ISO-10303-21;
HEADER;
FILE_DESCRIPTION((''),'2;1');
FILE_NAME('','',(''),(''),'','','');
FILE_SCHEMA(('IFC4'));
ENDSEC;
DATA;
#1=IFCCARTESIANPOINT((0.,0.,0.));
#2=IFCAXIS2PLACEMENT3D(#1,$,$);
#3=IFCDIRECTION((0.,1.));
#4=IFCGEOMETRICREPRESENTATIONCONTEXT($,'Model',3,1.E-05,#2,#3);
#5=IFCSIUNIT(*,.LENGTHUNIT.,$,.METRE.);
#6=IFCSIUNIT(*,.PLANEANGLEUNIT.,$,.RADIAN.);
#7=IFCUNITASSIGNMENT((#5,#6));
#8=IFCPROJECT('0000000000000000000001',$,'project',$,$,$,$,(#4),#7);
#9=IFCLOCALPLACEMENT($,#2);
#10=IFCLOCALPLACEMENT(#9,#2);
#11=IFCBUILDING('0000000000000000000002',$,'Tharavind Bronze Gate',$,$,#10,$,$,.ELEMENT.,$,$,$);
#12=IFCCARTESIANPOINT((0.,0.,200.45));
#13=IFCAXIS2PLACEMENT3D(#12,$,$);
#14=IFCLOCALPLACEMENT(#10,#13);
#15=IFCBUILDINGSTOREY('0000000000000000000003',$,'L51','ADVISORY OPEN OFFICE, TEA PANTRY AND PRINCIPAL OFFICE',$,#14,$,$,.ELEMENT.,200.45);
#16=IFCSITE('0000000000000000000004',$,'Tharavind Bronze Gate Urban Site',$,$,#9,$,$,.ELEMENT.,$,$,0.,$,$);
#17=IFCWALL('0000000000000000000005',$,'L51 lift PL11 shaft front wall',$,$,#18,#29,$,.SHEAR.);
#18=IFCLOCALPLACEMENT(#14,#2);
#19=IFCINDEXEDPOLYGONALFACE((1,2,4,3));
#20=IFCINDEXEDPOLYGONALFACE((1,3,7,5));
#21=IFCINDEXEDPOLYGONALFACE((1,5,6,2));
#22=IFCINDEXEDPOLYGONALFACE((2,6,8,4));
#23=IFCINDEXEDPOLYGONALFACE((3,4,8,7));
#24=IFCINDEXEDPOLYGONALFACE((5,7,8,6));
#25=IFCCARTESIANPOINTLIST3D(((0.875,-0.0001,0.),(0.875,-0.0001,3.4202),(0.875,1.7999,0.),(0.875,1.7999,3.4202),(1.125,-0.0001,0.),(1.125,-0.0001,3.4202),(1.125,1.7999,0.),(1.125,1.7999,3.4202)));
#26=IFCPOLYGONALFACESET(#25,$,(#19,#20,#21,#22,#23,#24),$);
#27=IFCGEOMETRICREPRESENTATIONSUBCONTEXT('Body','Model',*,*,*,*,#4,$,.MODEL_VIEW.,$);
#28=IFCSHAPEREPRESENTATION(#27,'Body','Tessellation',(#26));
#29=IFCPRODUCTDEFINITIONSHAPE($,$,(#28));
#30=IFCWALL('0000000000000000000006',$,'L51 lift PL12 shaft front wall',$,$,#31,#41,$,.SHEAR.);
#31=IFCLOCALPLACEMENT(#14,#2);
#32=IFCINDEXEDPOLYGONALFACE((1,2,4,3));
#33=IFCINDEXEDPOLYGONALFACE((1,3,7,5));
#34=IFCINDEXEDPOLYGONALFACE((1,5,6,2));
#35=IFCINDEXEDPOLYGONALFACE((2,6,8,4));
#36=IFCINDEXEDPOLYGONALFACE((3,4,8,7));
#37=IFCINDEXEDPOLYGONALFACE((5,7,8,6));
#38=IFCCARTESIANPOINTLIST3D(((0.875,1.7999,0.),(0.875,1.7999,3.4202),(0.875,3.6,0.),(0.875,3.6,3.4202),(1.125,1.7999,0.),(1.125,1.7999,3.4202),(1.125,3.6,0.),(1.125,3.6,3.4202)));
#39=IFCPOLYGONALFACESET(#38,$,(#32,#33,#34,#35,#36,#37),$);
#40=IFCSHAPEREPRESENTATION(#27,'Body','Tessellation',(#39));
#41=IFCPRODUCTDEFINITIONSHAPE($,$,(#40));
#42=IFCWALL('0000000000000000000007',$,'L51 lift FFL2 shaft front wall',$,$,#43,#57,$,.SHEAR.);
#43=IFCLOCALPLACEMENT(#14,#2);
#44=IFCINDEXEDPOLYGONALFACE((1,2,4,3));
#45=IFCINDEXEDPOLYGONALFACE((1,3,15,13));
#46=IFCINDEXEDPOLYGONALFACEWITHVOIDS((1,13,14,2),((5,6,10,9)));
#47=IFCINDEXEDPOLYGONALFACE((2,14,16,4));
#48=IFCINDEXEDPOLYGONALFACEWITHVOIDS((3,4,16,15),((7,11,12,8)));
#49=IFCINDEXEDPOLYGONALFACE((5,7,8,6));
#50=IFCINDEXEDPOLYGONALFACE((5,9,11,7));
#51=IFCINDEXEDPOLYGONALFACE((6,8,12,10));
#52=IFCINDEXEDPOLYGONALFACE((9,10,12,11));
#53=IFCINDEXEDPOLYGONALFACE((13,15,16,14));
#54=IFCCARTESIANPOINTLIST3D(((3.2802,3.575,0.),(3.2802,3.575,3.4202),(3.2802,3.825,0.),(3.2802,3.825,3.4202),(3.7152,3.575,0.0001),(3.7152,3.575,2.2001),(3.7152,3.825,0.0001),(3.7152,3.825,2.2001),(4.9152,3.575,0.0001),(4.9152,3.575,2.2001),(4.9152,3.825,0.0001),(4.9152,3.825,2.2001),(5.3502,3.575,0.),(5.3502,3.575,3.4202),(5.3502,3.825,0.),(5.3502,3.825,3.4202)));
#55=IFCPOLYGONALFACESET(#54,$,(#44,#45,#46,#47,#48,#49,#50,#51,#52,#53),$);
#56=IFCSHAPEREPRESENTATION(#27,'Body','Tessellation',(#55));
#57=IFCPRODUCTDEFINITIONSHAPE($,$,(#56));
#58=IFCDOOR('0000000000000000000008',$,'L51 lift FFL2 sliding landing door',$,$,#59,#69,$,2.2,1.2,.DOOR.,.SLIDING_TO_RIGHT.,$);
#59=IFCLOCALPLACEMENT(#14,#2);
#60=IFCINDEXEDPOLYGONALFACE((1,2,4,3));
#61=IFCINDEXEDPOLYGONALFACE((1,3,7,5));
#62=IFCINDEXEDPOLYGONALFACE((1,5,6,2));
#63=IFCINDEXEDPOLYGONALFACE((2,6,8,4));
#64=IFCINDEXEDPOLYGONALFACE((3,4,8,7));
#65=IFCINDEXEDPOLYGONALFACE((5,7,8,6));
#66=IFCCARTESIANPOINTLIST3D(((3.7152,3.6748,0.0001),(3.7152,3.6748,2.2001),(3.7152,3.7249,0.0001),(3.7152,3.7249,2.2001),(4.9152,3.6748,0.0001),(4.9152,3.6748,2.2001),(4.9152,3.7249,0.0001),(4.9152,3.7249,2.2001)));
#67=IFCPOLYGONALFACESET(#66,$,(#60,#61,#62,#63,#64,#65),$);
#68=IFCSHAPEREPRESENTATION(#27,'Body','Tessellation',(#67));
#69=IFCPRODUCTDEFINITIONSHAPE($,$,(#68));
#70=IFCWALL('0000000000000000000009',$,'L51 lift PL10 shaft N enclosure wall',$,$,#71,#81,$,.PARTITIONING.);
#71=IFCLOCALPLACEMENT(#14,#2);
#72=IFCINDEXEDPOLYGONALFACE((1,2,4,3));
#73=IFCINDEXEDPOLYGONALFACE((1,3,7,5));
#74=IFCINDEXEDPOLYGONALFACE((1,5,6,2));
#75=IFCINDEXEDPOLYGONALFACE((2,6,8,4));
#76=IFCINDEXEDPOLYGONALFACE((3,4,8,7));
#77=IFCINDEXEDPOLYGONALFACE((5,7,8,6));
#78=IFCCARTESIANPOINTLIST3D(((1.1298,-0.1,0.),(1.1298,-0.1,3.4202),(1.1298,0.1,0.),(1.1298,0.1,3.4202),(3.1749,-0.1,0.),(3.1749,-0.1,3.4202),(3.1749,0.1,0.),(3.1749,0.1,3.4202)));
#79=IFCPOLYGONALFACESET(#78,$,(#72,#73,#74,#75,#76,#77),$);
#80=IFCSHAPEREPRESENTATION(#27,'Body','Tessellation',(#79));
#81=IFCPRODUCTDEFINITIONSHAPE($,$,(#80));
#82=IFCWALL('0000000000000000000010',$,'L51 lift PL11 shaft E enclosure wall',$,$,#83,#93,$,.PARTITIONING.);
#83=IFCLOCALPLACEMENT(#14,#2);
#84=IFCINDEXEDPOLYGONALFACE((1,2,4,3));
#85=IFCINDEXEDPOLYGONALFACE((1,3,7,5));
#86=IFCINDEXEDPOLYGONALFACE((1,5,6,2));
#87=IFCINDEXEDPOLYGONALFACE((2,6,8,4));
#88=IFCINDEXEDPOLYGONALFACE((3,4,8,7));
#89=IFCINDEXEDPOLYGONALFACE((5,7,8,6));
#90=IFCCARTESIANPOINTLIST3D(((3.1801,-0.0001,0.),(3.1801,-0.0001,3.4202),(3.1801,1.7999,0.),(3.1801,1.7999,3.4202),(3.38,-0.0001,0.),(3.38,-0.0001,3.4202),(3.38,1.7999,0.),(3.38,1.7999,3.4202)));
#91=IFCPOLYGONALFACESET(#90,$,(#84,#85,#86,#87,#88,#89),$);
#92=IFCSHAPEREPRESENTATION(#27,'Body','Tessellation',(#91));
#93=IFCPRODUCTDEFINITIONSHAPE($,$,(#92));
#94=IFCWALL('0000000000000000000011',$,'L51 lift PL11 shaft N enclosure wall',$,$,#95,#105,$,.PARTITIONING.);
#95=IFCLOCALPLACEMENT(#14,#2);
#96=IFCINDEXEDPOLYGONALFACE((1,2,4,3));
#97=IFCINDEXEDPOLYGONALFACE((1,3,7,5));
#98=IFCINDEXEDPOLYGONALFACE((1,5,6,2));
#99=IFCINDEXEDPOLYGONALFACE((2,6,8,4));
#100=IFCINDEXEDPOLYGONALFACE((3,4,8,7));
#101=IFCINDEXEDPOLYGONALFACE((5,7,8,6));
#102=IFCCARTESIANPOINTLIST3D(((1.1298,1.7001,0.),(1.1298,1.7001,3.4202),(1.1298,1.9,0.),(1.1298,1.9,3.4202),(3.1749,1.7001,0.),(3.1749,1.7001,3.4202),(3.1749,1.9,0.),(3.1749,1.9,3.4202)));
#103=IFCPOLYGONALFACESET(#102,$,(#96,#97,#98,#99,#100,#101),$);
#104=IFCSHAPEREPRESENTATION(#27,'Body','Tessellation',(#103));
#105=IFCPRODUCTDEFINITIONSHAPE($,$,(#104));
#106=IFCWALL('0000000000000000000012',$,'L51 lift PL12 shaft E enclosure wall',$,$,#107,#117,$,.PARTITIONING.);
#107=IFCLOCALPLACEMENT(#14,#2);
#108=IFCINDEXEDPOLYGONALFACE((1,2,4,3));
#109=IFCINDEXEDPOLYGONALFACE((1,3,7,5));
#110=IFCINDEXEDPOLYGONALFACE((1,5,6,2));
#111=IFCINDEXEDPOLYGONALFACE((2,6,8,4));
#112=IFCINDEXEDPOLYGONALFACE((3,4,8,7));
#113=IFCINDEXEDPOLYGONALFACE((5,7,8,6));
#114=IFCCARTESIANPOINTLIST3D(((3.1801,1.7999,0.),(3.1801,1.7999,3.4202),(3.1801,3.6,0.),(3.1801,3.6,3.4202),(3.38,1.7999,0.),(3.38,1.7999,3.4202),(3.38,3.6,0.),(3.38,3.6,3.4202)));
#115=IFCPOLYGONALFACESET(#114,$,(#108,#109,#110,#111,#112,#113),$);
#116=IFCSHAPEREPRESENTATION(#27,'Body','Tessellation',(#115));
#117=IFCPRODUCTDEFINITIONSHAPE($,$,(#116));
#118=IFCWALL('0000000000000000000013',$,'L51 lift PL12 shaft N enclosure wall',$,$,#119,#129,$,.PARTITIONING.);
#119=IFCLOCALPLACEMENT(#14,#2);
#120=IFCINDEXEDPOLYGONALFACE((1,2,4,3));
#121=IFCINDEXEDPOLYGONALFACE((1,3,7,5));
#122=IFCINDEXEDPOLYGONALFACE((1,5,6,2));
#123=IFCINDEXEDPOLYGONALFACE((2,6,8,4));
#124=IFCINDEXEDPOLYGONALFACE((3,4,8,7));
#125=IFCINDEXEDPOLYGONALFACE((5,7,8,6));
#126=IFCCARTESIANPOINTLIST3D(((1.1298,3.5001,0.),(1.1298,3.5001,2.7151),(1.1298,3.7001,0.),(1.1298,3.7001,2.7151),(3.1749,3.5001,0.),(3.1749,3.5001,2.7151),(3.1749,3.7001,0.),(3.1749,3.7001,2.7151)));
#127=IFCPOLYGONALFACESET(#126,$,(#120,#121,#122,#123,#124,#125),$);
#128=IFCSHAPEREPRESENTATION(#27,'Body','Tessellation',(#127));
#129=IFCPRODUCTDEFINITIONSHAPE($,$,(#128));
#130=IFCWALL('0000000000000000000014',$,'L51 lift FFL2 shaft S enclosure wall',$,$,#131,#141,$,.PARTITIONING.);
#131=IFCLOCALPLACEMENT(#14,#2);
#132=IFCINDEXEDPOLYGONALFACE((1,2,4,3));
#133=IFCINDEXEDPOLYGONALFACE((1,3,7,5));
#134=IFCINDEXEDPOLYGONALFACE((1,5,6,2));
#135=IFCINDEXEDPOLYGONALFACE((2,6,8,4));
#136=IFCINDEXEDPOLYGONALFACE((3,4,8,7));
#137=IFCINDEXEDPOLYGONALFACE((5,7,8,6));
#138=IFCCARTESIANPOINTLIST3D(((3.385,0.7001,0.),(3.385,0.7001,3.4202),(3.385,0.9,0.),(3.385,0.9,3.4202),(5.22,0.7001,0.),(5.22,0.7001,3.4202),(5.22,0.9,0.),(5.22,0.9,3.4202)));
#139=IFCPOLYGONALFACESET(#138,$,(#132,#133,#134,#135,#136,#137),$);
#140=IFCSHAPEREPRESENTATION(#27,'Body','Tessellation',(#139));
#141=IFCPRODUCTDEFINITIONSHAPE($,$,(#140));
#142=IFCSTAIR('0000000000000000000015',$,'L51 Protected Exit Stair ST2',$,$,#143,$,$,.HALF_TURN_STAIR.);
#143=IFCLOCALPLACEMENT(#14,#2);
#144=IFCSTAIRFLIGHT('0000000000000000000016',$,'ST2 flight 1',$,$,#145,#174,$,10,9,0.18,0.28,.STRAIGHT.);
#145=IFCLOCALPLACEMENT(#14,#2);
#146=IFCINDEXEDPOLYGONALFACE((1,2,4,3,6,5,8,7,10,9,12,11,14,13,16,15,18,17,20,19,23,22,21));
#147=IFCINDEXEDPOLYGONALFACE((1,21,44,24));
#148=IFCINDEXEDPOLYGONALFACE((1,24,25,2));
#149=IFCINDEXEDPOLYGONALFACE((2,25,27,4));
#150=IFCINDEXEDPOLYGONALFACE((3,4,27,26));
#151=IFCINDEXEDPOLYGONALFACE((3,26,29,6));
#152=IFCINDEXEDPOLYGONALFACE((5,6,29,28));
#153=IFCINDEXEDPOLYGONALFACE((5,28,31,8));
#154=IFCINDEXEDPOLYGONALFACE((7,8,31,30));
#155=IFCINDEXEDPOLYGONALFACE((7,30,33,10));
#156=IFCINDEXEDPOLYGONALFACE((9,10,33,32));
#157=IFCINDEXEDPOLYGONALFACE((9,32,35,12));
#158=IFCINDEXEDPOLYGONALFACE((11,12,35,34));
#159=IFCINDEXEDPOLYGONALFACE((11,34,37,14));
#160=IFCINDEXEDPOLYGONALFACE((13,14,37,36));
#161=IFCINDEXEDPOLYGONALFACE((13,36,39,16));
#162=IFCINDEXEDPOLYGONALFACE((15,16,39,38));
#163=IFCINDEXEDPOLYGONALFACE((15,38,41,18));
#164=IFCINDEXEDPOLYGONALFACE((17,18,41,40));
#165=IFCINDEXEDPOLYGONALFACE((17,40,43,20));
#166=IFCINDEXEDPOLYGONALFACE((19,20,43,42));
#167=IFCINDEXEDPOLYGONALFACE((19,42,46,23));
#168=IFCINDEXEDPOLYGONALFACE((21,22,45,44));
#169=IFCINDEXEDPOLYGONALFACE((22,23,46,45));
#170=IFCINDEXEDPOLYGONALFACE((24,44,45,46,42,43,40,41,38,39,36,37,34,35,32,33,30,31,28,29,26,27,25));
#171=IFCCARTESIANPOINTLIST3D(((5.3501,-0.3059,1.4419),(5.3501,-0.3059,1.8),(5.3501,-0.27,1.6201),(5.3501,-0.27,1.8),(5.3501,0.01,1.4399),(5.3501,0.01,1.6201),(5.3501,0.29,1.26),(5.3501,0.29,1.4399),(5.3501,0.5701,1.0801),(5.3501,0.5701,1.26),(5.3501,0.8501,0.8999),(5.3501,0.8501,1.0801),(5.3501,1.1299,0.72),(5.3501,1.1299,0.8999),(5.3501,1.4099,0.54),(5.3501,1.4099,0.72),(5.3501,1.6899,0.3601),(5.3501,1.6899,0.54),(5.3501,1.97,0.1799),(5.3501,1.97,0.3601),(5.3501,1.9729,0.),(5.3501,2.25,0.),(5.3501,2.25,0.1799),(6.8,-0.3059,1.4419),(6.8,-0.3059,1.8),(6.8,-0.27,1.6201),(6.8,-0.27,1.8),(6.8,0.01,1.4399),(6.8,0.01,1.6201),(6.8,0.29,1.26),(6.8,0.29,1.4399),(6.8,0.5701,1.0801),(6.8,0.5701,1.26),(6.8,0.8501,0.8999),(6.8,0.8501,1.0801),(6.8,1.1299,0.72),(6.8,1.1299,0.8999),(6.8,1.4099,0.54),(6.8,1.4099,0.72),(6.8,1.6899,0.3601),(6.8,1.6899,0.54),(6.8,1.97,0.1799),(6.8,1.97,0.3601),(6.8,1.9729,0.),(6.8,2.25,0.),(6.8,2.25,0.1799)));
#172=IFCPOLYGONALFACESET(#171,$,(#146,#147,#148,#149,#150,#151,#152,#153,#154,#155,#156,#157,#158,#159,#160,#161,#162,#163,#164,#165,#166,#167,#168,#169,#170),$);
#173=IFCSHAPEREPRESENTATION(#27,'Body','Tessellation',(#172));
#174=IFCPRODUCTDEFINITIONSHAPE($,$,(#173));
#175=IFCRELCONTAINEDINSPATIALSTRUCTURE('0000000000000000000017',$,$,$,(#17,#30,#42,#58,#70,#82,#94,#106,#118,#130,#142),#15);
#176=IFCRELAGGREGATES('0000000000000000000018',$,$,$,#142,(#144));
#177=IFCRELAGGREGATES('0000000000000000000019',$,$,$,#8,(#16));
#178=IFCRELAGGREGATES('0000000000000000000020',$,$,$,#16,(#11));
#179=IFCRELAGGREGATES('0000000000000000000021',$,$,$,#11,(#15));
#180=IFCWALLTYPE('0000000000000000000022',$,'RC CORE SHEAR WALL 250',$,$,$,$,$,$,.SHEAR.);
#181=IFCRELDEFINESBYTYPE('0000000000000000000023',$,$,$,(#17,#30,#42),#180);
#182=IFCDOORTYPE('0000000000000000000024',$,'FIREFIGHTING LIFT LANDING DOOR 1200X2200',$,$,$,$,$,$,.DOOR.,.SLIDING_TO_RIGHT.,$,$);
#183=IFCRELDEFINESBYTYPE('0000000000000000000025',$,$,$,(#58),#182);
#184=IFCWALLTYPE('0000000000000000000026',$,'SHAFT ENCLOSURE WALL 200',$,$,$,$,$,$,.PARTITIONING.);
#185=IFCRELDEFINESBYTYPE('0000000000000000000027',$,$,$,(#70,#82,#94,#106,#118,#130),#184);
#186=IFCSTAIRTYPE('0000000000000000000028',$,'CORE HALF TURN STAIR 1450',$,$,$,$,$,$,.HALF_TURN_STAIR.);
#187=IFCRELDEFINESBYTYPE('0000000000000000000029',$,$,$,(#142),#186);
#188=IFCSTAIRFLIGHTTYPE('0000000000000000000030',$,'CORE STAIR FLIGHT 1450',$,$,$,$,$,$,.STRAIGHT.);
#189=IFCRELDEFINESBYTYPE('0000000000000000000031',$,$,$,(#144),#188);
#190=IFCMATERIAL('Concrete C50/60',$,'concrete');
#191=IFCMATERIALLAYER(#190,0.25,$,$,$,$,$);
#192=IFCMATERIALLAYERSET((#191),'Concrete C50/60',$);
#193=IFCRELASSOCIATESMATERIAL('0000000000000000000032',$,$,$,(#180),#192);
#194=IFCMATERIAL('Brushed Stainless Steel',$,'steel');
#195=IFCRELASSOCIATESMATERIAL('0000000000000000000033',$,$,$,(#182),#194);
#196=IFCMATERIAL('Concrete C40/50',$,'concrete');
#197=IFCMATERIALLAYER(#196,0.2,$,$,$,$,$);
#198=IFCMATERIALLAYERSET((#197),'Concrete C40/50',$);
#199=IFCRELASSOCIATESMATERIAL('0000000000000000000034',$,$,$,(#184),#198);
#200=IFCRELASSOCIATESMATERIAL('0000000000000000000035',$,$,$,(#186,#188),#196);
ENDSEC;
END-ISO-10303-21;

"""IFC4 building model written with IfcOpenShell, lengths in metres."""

from ifc_helpers import new_model, si_unit, direction, frame, frame_2d, origin, place, context, subcontext, project, spatial, polyline, rectangle, outline, extrude, material, layer, layer_set, type_object, element, fill, aggregate, save


model = new_model("IFC4")

# Units and contexts
model_context = context("Model", 3, precision=1e-05, world=origin(), true_north=direction((0.0, 1.0)))
body_context = subcontext(model_context, "Body", "Model", "MODEL_VIEW")
ifc_project = project(units=[si_unit("LENGTHUNIT", "METRE"), si_unit("PLANEANGLEUNIT", "RADIAN")], contexts=[model_context])

# Site, building, storey
site_placement = place(None, origin())
site = spatial("IfcSite", under=ifc_project, at=site_placement, Name="Tharavind Bronze Gate Urban Site", CompositionType="ELEMENT", RefElevation=0.0)
building_placement = place(site_placement, origin())
building = spatial("IfcBuilding", under=site, at=building_placement, Name="Tharavind Bronze Gate", CompositionType="ELEMENT")
storey_placement = place(building_placement, frame((0.0, 0.0, 200.45)))
storey = spatial("IfcBuildingStorey", under=building, at=storey_placement, Name="L51", Description="ADVISORY OPEN OFFICE, TEA PANTRY AND PRINCIPAL OFFICE", CompositionType="ELEMENT", Elevation=200.45)

# Walls
ifc_material_1 = material(Name="Concrete C50/60", Category="concrete")
ifc_layer_1 = layer(ifc_material_1, 0.25)
ifc_layer_set_1 = layer_set([ifc_layer_1], Name="Concrete C50/60")
wall_type_1 = type_object("IfcWallType", Name="RC CORE SHEAR WALL 250", PredefinedType="SHEAR", material=ifc_layer_set_1)
for number, where, z_axis, x_axis, name in (
    (1, (1.0, 0.0, 0.0), (0.0, 0.0, 1.0), (0.0, 1.0, 0.0), "L51 lift PL11 shaft front wall"),
    (2, (1.0, 1.8, 0.0), (0.0, 0.0, 1.0), (0.0, 1.0, 0.0), "L51 lift PL12 shaft front wall"),
):
    element("IfcWall", number, at=place(storey_placement, frame(where, z_axis=z_axis, x_axis=x_axis)), inside=storey, type_object=wall_type_1, Name=name, PredefinedType="SHEAR", context=body_context, shape_type="SweptSolid", body=[
        extrude(rectangle(XDim=1.8, YDim=0.25, at=frame_2d((0.8999, 0.0))), origin(), (0.0, 0.0, 1.0), 3.4202),
    ])

# Wall, opening, door
wall_1_placement = place(storey_placement, frame((3.28, 3.7, 0.0), z_axis=(0.0, 0.0, 1.0), x_axis=(1.0, 0.0, 0.0)))
wall_1 = element("IfcWall", 3, at=wall_1_placement, inside=storey, type_object=wall_type_1, Name="L51 lift FFL2 shaft front wall", PredefinedType="SHEAR", context=body_context, shape_type="SweptSolid", body=[
    extrude(rectangle(XDim=2.0701, YDim=0.25, at=frame_2d((1.0352, 0.0))), origin(), (0.0, 0.0, 1.0), 3.4202),
])
opening_placement = place(wall_1_placement, frame((0.4351, 0.0, 0.0)))
opening = element("IfcOpeningElement", 4, at=opening_placement, cuts=wall_1, PredefinedType="OPENING", context=body_context, shape_type="SweptSolid", body=[
    extrude(rectangle(XDim=1.2, YDim=2.2, at=frame_2d((0.6001, 1.1001))), frame((0.0, 0.135, 0.0), z_axis=(0.0, -1.0, 0.0), x_axis=(1.0, 0.0, 0.0)), (0.0, 0.0, 1.0), 0.27),
])
ifc_material_2 = material(Name="Brushed Stainless Steel", Category="steel")
door_type = type_object("IfcDoorType", Name="FIREFIGHTING LIFT LANDING DOOR 1200X2200", OperationType="SLIDING_TO_RIGHT", PredefinedType="DOOR", material=ifc_material_2)
door_placement = place(opening_placement, origin())
door = element("IfcDoor", 5, at=door_placement, inside=storey, type_object=door_type, Name="L51 lift FFL2 sliding landing door", OperationType="SLIDING_TO_RIGHT", OverallHeight=2.2, OverallWidth=1.2, PredefinedType="DOOR", context=body_context, shape_type="SweptSolid", body=[
    extrude(rectangle(XDim=1.2, YDim=2.2, at=frame_2d((0.6001, 1.1001))), frame((0.0, 0.0249, 0.0), z_axis=(0.0, -1.0, 0.0), x_axis=(1.0, 0.0, 0.0)), (0.0, 0.0, 1.0), 0.05),
])
fill(opening, door)

# Walls
ifc_material_3 = material(Name="Concrete C40/50", Category="concrete")
ifc_layer_2 = layer(ifc_material_3, 0.2)
ifc_layer_set_2 = layer_set([ifc_layer_2], Name="Concrete C40/50")
wall_type_2 = type_object("IfcWallType", Name="SHAFT ENCLOSURE WALL 200", PredefinedType="PARTITIONING", material=ifc_layer_set_2)
wall_2_placement = place(storey_placement, frame((1.1299, 0.0, 0.0), z_axis=(0.0, 0.0, 1.0), x_axis=(1.0, 0.0, 0.0)))
element("IfcWall", 6, at=wall_2_placement, inside=storey, type_object=wall_type_2, Name="L51 lift PL10 shaft N enclosure wall", PredefinedType="PARTITIONING", context=body_context, shape_type="SweptSolid", body=[
    extrude(rectangle(XDim=2.0452, YDim=0.2, at=frame_2d((1.0225, 0.0))), origin(), (0.0, 0.0, 1.0), 3.4202),
])
wall_3_placement = place(storey_placement, frame((3.28, 0.0, 0.0), z_axis=(0.0, 0.0, 1.0), x_axis=(0.0, 1.0, 0.0)))
element("IfcWall", 7, at=wall_3_placement, inside=storey, type_object=wall_type_2, Name="L51 lift PL11 shaft E enclosure wall", PredefinedType="PARTITIONING", context=body_context, shape_type="SweptSolid", body=[
    extrude(rectangle(XDim=1.8, YDim=0.2, at=frame_2d((0.8999, 0.0))), origin(), (0.0, 0.0, 1.0), 3.4202),
])
wall_4_placement = place(storey_placement, frame((1.1299, 1.8, 0.0), z_axis=(0.0, 0.0, 1.0), x_axis=(1.0, 0.0, 0.0)))
element("IfcWall", 8, at=wall_4_placement, inside=storey, type_object=wall_type_2, Name="L51 lift PL11 shaft N enclosure wall", PredefinedType="PARTITIONING", context=body_context, shape_type="SweptSolid", body=[
    extrude(rectangle(XDim=2.0452, YDim=0.2, at=frame_2d((1.0225, 0.0))), origin(), (0.0, 0.0, 1.0), 3.4202),
])
wall_5_placement = place(storey_placement, frame((3.28, 1.8, 0.0), z_axis=(0.0, 0.0, 1.0), x_axis=(0.0, 1.0, 0.0)))
element("IfcWall", 9, at=wall_5_placement, inside=storey, type_object=wall_type_2, Name="L51 lift PL12 shaft E enclosure wall", PredefinedType="PARTITIONING", context=body_context, shape_type="SweptSolid", body=[
    extrude(rectangle(XDim=1.8, YDim=0.2, at=frame_2d((0.8999, 0.0))), origin(), (0.0, 0.0, 1.0), 3.4202),
])
wall_6_placement = place(storey_placement, frame((1.1299, 3.6001, 0.0), z_axis=(0.0, 0.0, 1.0), x_axis=(1.0, 0.0, 0.0)))
element("IfcWall", 10, at=wall_6_placement, inside=storey, type_object=wall_type_2, Name="L51 lift PL12 shaft N enclosure wall", PredefinedType="PARTITIONING", context=body_context, shape_type="SweptSolid", body=[
    extrude(rectangle(XDim=2.0452, YDim=0.2, at=frame_2d((1.0225, 0.0))), origin(), (0.0, 0.0, 1.0), 2.7151),
])
wall_7_placement = place(storey_placement, frame((3.385, 0.8, 0.0), z_axis=(0.0, 0.0, 1.0), x_axis=(1.0, 0.0, 0.0)))
element("IfcWall", 11, at=wall_7_placement, inside=storey, type_object=wall_type_2, Name="L51 lift FFL2 shaft S enclosure wall", PredefinedType="PARTITIONING", context=body_context, shape_type="SweptSolid", body=[
    extrude(rectangle(XDim=1.835, YDim=0.2, at=frame_2d((0.9175, 0.0))), origin(), (0.0, 0.0, 1.0), 3.4202),
])

# Stair, stair flight
stair_type = type_object("IfcStairType", Name="CORE HALF TURN STAIR 1450", PredefinedType="HALF_TURN_STAIR", material=ifc_material_3)
stair_placement = place(storey_placement, origin())
stair = element("IfcStair", 12, at=stair_placement, inside=storey, type_object=stair_type, Name="L51 Protected Exit Stair ST2", PredefinedType="HALF_TURN_STAIR")
stair_flight_type = type_object("IfcStairFlightType", Name="CORE STAIR FLIGHT 1450", PredefinedType="STRAIGHT", material=ifc_material_3)
stair_flight_placement = place(storey_placement, frame((6.075, 2.25, 0.0), z_axis=(0.0, 0.0, 1.0), x_axis=(0.0, -1.0, 0.0)))
stair_flight = element("IfcStairFlight", 13, at=stair_flight_placement, type_object=stair_flight_type, Name="ST2 flight 1", NumberOfRisers=10, NumberOfTreads=9, PredefinedType="STRAIGHT", RiserHeight=0.18, TreadLength=0.28, context=body_context, shape_type="SweptSolid", body=[
    extrude(outline(polyline([(0.0, 0.0), (0.0, 0.1799), (0.28, 0.1799), (0.28, 0.3601), (0.5601, 0.3601), (0.5601, 0.54), (0.8401, 0.54), (0.8401, 0.72), (1.1201, 0.72), (1.1201, 0.8999), (1.3999, 0.8999), (1.3999, 1.0801), (1.6799, 1.0801), (1.6799, 1.26), (1.96, 1.26), (1.96, 1.4399), (2.24, 1.4399), (2.24, 1.6201), (2.52, 1.6201), (2.52, 1.8), (2.5559, 1.8), (2.5559, 1.4419), (0.2771, 0.0), (0.0, 0.0)])), frame((0.0, 0.7251, 0.0), z_axis=(0.0, -1.0, 0.0), x_axis=(1.0, 0.0, 0.0)), (0.0, 0.0, 1.0), 1.45),
])
aggregate(stair, [stair_flight])

save(model, "model.ifc")
